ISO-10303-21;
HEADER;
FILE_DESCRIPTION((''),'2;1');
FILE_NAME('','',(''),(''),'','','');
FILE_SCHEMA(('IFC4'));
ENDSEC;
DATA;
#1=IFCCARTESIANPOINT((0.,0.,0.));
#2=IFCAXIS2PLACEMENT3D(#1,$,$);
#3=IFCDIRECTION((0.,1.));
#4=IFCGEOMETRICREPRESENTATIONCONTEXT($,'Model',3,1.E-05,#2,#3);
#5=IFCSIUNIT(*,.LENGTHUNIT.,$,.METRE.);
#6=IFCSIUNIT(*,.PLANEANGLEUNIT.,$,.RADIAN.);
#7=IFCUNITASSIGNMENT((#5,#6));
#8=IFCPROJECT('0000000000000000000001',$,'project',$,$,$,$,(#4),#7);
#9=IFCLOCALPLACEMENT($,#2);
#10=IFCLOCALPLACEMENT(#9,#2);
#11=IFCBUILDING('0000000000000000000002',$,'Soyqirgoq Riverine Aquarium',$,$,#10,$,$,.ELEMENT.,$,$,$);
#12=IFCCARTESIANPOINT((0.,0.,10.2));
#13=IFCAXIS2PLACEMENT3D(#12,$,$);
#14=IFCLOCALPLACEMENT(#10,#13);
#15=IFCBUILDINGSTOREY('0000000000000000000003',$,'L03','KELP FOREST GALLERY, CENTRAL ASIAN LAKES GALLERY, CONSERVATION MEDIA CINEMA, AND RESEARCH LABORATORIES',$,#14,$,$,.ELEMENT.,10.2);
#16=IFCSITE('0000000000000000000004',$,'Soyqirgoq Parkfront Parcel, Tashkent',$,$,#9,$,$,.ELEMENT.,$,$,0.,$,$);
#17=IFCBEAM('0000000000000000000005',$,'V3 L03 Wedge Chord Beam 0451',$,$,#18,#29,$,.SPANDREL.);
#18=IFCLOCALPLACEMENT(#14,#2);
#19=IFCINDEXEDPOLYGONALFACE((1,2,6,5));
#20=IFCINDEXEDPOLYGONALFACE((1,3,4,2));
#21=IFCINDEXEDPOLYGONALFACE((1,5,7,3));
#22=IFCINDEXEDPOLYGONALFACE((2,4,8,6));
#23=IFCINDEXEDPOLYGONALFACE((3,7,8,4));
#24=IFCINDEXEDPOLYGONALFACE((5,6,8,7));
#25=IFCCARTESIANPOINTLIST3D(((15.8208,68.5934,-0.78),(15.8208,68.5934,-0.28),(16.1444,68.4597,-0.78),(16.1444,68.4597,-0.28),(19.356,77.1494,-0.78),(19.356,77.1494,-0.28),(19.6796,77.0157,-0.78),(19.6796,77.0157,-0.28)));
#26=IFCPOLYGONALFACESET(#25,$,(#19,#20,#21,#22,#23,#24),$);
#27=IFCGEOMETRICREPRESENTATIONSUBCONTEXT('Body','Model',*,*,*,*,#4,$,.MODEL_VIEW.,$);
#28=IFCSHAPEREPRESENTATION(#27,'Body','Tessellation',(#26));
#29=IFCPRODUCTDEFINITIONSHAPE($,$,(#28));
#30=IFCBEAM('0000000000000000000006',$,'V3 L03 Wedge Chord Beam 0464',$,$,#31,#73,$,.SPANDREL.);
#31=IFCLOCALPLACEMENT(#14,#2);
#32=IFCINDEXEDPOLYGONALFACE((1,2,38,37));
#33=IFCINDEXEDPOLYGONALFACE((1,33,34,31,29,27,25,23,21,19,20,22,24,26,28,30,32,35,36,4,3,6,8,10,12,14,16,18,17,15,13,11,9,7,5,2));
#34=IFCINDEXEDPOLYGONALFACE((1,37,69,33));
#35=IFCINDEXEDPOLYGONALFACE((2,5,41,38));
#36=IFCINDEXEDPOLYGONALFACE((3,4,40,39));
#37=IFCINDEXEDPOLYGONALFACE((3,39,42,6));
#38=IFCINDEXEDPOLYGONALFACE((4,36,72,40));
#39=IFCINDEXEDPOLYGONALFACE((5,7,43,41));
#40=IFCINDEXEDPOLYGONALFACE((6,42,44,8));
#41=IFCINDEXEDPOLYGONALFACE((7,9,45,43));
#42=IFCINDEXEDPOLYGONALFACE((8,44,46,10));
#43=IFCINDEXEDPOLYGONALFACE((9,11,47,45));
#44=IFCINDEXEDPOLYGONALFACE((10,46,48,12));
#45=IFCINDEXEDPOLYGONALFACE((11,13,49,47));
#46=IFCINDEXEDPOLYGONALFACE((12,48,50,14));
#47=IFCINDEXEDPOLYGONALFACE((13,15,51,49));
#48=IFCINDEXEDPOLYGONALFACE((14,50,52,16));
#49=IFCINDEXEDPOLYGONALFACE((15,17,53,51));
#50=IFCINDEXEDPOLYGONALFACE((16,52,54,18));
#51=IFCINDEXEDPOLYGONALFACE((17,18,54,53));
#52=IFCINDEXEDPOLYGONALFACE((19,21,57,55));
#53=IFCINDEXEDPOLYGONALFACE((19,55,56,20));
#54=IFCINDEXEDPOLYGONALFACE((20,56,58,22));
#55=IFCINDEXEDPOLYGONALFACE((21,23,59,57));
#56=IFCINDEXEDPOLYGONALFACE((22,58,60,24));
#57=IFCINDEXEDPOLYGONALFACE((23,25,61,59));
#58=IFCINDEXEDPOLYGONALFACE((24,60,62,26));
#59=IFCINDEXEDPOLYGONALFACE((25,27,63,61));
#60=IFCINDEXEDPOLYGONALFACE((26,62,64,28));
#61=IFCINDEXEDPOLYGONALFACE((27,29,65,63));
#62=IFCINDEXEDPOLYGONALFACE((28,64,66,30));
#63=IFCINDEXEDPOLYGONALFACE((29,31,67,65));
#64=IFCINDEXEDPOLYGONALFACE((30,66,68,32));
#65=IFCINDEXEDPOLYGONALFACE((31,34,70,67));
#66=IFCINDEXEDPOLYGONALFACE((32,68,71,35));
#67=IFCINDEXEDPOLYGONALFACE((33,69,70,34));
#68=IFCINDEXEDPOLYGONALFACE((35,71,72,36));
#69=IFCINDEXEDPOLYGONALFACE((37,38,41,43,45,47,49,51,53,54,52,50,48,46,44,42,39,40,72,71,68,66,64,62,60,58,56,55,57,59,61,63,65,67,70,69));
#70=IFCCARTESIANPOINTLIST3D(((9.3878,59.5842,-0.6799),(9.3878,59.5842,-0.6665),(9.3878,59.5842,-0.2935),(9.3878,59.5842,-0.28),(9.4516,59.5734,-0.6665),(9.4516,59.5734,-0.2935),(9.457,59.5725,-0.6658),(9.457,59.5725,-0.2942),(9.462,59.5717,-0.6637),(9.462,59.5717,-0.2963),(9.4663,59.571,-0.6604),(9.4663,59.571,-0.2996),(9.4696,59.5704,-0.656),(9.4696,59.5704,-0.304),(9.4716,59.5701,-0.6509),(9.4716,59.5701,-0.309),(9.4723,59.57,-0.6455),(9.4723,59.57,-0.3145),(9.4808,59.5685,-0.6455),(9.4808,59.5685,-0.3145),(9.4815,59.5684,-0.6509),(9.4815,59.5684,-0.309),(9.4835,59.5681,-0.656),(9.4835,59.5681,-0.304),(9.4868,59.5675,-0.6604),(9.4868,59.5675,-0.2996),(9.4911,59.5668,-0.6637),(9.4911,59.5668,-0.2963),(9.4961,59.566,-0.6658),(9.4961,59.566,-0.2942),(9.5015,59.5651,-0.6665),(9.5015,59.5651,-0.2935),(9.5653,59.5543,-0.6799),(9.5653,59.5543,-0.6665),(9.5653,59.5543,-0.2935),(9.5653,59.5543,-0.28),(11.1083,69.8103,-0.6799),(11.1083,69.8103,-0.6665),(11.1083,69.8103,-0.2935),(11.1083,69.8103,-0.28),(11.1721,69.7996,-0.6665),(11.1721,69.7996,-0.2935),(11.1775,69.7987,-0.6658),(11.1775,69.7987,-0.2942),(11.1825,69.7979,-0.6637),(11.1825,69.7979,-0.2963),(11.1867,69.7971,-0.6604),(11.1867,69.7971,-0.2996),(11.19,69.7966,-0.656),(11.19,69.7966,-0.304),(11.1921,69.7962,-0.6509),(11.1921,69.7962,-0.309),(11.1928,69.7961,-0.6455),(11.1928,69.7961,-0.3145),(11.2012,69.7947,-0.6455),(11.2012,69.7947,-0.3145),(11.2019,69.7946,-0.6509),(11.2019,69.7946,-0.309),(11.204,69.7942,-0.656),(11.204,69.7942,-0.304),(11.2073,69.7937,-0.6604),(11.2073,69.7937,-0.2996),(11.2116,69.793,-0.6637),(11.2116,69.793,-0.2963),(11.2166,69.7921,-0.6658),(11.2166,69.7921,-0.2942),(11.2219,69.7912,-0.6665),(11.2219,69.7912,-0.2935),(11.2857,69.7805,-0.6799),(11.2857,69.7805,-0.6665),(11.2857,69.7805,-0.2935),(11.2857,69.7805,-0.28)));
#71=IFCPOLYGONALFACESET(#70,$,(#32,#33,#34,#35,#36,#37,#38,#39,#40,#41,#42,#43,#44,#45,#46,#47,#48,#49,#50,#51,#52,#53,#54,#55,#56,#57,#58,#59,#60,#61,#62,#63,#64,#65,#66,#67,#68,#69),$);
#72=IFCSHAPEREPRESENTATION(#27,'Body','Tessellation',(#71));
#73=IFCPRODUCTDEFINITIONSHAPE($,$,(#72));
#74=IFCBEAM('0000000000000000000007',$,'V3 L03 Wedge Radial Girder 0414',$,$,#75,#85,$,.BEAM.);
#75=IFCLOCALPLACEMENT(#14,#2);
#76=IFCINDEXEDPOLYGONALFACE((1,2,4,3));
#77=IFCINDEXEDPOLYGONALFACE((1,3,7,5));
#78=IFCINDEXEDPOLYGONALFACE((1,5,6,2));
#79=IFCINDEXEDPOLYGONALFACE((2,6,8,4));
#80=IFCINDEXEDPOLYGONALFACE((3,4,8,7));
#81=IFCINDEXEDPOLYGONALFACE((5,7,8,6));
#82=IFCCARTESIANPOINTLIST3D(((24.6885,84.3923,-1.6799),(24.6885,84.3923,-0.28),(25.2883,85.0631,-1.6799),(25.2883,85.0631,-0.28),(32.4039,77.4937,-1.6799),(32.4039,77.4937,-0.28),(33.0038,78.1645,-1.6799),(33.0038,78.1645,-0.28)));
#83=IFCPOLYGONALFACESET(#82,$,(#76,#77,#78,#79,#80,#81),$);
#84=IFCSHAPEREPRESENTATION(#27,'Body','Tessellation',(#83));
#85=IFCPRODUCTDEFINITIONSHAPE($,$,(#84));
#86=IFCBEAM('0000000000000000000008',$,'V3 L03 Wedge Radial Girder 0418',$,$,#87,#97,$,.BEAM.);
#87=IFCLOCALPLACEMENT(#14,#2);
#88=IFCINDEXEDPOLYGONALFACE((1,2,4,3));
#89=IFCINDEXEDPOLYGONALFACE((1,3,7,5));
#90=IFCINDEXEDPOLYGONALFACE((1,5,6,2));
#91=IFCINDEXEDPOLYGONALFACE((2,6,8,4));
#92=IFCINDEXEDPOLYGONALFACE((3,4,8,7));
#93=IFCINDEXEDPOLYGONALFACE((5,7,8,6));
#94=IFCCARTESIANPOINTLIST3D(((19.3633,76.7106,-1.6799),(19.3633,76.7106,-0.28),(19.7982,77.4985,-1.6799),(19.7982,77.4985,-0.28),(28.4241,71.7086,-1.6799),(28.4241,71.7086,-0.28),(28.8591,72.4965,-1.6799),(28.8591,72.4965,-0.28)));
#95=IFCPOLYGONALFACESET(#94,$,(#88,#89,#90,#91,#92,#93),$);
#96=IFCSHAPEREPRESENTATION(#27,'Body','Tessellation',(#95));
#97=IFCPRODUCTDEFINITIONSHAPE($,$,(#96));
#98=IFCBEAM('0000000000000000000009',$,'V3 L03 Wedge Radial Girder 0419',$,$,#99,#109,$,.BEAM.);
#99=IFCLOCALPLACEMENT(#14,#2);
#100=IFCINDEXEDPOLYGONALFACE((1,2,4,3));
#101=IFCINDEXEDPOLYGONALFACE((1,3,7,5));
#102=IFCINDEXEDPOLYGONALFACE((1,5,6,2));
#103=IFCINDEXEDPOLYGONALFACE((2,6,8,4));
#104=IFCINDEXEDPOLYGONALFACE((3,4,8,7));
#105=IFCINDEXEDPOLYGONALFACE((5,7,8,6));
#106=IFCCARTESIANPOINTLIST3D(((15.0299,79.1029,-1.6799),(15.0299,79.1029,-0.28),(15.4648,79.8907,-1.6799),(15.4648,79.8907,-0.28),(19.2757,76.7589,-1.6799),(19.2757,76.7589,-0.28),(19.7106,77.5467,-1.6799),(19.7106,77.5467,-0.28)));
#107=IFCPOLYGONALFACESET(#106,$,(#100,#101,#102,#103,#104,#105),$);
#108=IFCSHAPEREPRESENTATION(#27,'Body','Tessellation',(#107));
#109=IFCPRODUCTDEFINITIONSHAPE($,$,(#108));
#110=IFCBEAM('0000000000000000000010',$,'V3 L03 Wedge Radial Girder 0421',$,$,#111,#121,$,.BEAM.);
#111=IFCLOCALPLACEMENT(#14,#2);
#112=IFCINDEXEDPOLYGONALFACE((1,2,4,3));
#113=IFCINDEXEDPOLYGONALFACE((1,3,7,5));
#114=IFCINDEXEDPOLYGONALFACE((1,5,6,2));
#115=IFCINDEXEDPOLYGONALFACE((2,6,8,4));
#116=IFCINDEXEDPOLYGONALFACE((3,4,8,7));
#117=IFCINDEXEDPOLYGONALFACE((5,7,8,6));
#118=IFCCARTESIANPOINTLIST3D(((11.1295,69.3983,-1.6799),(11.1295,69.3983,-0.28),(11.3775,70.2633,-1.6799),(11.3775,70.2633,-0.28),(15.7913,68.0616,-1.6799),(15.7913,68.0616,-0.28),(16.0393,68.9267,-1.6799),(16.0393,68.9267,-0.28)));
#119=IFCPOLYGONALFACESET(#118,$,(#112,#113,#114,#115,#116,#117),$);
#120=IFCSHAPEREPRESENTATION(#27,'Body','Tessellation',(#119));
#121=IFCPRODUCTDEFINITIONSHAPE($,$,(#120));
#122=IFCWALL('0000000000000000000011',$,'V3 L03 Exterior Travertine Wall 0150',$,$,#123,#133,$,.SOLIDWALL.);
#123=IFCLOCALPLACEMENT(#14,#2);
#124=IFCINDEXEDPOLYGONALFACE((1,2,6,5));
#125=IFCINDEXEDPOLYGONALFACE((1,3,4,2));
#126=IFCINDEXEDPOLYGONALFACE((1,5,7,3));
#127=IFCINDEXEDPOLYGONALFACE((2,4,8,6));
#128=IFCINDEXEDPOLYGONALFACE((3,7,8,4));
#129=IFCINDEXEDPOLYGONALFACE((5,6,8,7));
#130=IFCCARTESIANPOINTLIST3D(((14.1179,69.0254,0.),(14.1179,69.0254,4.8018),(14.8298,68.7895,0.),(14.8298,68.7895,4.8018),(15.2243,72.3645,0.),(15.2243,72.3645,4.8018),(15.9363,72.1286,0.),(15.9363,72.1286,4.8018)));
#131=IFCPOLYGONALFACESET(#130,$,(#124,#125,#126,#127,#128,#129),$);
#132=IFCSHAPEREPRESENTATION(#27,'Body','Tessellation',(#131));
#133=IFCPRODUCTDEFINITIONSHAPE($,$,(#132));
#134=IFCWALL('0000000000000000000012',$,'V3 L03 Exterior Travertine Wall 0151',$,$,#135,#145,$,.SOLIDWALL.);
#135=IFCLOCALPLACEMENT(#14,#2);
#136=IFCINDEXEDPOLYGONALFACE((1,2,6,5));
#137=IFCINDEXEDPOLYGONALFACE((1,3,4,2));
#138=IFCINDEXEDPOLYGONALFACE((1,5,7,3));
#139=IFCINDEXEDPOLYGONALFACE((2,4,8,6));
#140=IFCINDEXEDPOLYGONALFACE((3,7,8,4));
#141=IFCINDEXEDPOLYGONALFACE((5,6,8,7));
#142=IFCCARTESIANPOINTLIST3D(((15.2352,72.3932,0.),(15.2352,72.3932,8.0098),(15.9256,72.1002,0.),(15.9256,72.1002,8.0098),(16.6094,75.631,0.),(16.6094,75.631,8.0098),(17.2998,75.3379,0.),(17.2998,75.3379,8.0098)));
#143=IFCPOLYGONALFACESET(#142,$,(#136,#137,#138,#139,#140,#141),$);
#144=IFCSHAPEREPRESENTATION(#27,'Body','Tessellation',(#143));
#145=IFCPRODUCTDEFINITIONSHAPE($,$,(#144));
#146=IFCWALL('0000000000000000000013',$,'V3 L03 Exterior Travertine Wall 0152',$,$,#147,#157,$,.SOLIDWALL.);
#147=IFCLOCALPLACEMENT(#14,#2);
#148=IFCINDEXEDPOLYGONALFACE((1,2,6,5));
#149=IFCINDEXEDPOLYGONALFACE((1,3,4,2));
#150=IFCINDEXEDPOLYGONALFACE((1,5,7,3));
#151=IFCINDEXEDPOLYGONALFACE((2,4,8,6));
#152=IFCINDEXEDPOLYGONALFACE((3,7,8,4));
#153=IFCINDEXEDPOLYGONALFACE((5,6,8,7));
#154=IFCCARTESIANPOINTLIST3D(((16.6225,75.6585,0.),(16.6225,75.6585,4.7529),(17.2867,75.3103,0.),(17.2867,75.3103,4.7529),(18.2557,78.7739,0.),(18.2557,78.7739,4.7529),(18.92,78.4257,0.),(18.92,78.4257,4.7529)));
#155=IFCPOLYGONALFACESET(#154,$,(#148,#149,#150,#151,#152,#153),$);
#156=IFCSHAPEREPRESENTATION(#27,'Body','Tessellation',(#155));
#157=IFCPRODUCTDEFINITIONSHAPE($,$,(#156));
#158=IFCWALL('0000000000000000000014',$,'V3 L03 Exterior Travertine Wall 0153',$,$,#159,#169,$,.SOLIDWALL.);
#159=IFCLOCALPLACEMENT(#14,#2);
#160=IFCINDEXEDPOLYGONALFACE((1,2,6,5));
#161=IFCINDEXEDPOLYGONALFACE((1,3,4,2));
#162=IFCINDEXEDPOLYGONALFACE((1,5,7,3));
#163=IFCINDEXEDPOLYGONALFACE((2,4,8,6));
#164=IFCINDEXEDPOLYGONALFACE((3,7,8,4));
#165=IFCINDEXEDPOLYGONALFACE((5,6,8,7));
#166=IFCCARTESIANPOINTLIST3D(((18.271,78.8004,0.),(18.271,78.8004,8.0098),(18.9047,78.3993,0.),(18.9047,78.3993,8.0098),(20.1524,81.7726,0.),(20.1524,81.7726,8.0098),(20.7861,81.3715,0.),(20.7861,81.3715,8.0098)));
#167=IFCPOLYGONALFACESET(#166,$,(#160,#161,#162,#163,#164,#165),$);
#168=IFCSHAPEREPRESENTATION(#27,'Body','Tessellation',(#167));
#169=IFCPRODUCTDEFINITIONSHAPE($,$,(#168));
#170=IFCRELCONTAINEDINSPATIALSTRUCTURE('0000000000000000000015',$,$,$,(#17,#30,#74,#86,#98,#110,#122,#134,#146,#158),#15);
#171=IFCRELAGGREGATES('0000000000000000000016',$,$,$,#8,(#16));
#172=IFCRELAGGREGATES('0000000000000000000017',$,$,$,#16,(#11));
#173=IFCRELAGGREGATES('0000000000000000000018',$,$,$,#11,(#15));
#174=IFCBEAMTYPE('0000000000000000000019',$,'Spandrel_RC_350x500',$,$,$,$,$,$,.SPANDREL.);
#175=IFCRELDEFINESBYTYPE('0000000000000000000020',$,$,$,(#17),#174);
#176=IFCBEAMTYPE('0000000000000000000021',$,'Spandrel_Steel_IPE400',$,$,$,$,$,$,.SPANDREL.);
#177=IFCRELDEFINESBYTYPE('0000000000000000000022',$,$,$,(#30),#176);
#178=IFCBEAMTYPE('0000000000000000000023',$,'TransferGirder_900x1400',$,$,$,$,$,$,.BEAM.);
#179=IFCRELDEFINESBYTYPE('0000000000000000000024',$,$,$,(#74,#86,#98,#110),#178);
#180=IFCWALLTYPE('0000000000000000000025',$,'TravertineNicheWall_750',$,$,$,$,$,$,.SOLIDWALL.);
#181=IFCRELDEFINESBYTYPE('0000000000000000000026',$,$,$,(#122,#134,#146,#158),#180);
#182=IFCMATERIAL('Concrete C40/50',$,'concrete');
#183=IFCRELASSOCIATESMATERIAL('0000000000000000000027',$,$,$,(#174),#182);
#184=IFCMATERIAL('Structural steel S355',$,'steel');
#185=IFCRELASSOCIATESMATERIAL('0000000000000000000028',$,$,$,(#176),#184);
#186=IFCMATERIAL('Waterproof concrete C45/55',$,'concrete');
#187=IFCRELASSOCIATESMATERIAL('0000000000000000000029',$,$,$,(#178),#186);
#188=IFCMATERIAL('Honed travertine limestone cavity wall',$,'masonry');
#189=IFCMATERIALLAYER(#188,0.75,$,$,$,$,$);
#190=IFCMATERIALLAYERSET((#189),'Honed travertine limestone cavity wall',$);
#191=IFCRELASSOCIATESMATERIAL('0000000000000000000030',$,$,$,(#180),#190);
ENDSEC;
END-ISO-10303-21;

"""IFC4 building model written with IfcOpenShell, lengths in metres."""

from ifc_helpers import new_model, si_unit, direction, frame, frame_2d, origin, origin_2d, place, context, subcontext, project, spatial, rectangle, i_section, extrude, material, layer, layer_set, material_profile, profile_set, type_object, element, save


model = new_model("IFC4")

# Units and contexts
model_context = context("Model", 3, precision=1e-05, world=origin(), true_north=direction((0.0, 1.0)))
body_context = subcontext(model_context, "Body", "Model", "MODEL_VIEW")
ifc_project = project(units=[si_unit("LENGTHUNIT", "METRE"), si_unit("PLANEANGLEUNIT", "RADIAN")], contexts=[model_context])

# Site, building, storey
site_placement = place(None, origin())
site = spatial("IfcSite", under=ifc_project, at=site_placement, Name="Soyqirgoq Parkfront Parcel, Tashkent", CompositionType="ELEMENT", RefElevation=0.0)
building_placement = place(site_placement, origin())
building = spatial("IfcBuilding", under=site, at=building_placement, Name="Soyqirgoq Riverine Aquarium", CompositionType="ELEMENT")
storey_placement = place(building_placement, frame((0.0, 0.0, 10.2)))
storey = spatial("IfcBuildingStorey", under=building, at=storey_placement, Name="L03", Description="KELP FOREST GALLERY, CENTRAL ASIAN LAKES GALLERY, CONSERVATION MEDIA CINEMA, AND RESEARCH LABORATORIES", CompositionType="ELEMENT", Elevation=10.2)

# Beams
ifc_material_1 = material(Name="Concrete C40/50", Category="concrete")
ifc_material_profile_1 = material_profile(ifc_material_1, rectangle(XDim=0.3501, YDim=0.5, at=origin_2d()), Name="RC 350x500")
ifc_profile_set_1 = profile_set([ifc_material_profile_1], Name="Concrete C40/50")
beam_type_1 = type_object("IfcBeamType", Name="Spandrel_RC_350x500", PredefinedType="SPANDREL", material=ifc_profile_set_1)
beam_1_placement = place(storey_placement, frame((19.5178, 77.0825, -0.53), z_axis=(-0.38187, -0.924216, 0.0), x_axis=(0.924216, -0.38187, 0.0)))
element("IfcBeam", 1, at=beam_1_placement, inside=storey, type_object=beam_type_1, Name="V3 L03 Wedge Chord Beam 0451", PredefinedType="SPANDREL", context=body_context, shape_type="SweptSolid", body=[
    extrude(rectangle(XDim=0.3501, YDim=0.5, at=origin_2d()), origin(), (0.0, 0.0, 1.0), 9.2576),
])
ifc_material_2 = material(Name="Structural steel S355", Category="steel")
ifc_material_profile_2 = material_profile(ifc_material_2, i_section(OverallWidth=0.1799, OverallDepth=0.3999, WebThickness=0.0085, FlangeThickness=0.0134, FilletRadius=0.021, at=origin_2d()), Name="IPE 400")
ifc_profile_set_2 = profile_set([ifc_material_profile_2], Name="Structural steel S355")
beam_type_2 = type_object("IfcBeamType", Name="Spandrel_Steel_IPE400", PredefinedType="SPANDREL", material=ifc_profile_set_2)
beam_2_placement = place(storey_placement, frame((11.197, 69.7954, -0.48), z_axis=(-0.165911, -0.986141, 0.0), x_axis=(0.986141, -0.165911, 0.0)))
element("IfcBeam", 2, at=beam_2_placement, inside=storey, type_object=beam_type_2, Name="V3 L03 Wedge Chord Beam 0464", PredefinedType="SPANDREL", context=body_context, shape_type="SweptSolid", body=[
    extrude(i_section(OverallWidth=0.1799, OverallDepth=0.3999, WebThickness=0.0085, FlangeThickness=0.0134, FilletRadius=0.021, at=origin_2d()), origin(), (0.0, 0.0, 1.0), 10.3699),
])
ifc_material_3 = material(Name="Waterproof concrete C45/55", Category="concrete")
ifc_material_profile_3 = material_profile(ifc_material_3, rectangle(XDim=0.8999, YDim=1.3999, at=origin_2d()), Name="RC 900x1400")
ifc_profile_set_3 = profile_set([ifc_material_profile_3], Name="Waterproof concrete C45/55")
beam_type_3 = type_object("IfcBeamType", Name="TransferGirder_900x1400", PredefinedType="BEAM", material=ifc_profile_set_3)
for number, where, z_axis, x_axis, name in (
    (3, (32.7039, 77.8291, -0.98), (-0.745468, 0.666541, 0.0), (-0.666541, -0.745468, 0.0), "V3 L03 Wedge Radial Girder 0414"),
    (4, (28.6416, 72.1025, -0.98), (-0.875459, 0.483292, 0.0), (-0.483292, -0.875459, 0.0), "V3 L03 Wedge Radial Girder 0418"),
):
    element("IfcBeam", number, at=place(storey_placement, frame(where, z_axis=z_axis, x_axis=x_axis)), inside=storey, type_object=beam_type_3, Name=name, PredefinedType="BEAM", context=body_context, shape_type="SweptSolid", body=[
        extrude(rectangle(XDim=0.8999, YDim=1.3999, at=origin_2d()), origin(), (0.0, 0.0, 1.0), 10.3499),
    ])
beam_3_placement = place(storey_placement, frame((19.4932, 77.1528, -0.98), z_axis=(-0.875451, 0.483308, 0.0), x_axis=(-0.483308, -0.875451, 0.0)))
element("IfcBeam", 5, at=beam_3_placement, inside=storey, type_object=beam_type_3, Name="V3 L03 Wedge Radial Girder 0419", PredefinedType="BEAM", context=body_context, shape_type="SweptSolid", body=[
    extrude(rectangle(XDim=0.8999, YDim=1.3999, at=origin_2d()), origin(), (0.0, 0.0, 1.0), 4.8499),
])
beam_4_placement = place(storey_placement, frame((15.9153, 68.4941, -0.98), z_axis=(-0.961267, 0.275619, 0.0), x_axis=(-0.275619, -0.961267, 0.0)))
element("IfcBeam", 6, at=beam_4_placement, inside=storey, type_object=beam_type_3, Name="V3 L03 Wedge Radial Girder 0421", PredefinedType="BEAM", context=body_context, shape_type="SweptSolid", body=[
    extrude(rectangle(XDim=0.8999, YDim=1.3999, at=origin_2d()), origin(), (0.0, 0.0, 1.0), 4.8496),
])

# Walls
ifc_material_4 = material(Name="Honed travertine limestone cavity wall", Category="masonry")
ifc_layer = layer(ifc_material_4, 0.75)
ifc_layer_set = layer_set([ifc_layer], Name="Honed travertine limestone cavity wall")
wall_type = type_object("IfcWallType", Name="TravertineNicheWall_750", PredefinedType="SOLIDWALL", material=ifc_layer_set)
wall_1_placement = place(storey_placement, frame((14.4739, 68.9075, 0.0), z_axis=(0.0, 0.0, 1.0), x_axis=(0.314541, 0.949244, 0.0)))
element("IfcWall", 7, at=wall_1_placement, inside=storey, type_object=wall_type, Name="V3 L03 Exterior Travertine Wall 0150", PredefinedType="SOLIDWALL", context=body_context, shape_type="SweptSolid", body=[
    extrude(rectangle(XDim=3.5176, YDim=0.75, at=frame_2d((1.7588, 0.0))), origin(), (0.0, 0.0, 1.0), 4.8018),
])
wall_2_placement = place(storey_placement, frame((15.5803, 72.2466, 0.0), z_axis=(0.0, 0.0, 1.0), x_axis=(0.390708, 0.920514, 0.0)))
element("IfcWall", 8, at=wall_2_placement, inside=storey, type_object=wall_type, Name="V3 L03 Exterior Travertine Wall 0151", PredefinedType="SOLIDWALL", context=body_context, shape_type="SweptSolid", body=[
    extrude(rectangle(XDim=3.5173, YDim=0.75, at=frame_2d((1.7588, 0.0))), origin(), (0.0, 0.0, 1.0), 8.0098),
])
wall_3_placement = place(storey_placement, frame((16.9546, 75.4844, 0.0), z_axis=(0.0, 0.0, 1.0), x_axis=(0.464316, 0.88567, 0.0)))
element("IfcWall", 9, at=wall_3_placement, inside=storey, type_object=wall_type, Name="V3 L03 Exterior Travertine Wall 0152", PredefinedType="SOLIDWALL", context=body_context, shape_type="SweptSolid", body=[
    extrude(rectangle(XDim=3.5176, YDim=0.75, at=frame_2d((1.7588, 0.0))), origin(), (0.0, 0.0, 1.0), 4.7529),
])
wall_4_placement = place(storey_placement, frame((18.5879, 78.5999, 0.0), z_axis=(0.0, 0.0, 1.0), x_axis=(0.534844, 0.844951, 0.0)))
element("IfcWall", 10, at=wall_4_placement, inside=storey, type_object=wall_type, Name="V3 L03 Exterior Travertine Wall 0153", PredefinedType="SOLIDWALL", context=body_context, shape_type="SweptSolid", body=[
    extrude(rectangle(XDim=3.5176, YDim=0.75, at=frame_2d((1.7588, 0.0))), origin(), (0.0, 0.0, 1.0), 8.0098),
])

save(model, "model.ifc")
